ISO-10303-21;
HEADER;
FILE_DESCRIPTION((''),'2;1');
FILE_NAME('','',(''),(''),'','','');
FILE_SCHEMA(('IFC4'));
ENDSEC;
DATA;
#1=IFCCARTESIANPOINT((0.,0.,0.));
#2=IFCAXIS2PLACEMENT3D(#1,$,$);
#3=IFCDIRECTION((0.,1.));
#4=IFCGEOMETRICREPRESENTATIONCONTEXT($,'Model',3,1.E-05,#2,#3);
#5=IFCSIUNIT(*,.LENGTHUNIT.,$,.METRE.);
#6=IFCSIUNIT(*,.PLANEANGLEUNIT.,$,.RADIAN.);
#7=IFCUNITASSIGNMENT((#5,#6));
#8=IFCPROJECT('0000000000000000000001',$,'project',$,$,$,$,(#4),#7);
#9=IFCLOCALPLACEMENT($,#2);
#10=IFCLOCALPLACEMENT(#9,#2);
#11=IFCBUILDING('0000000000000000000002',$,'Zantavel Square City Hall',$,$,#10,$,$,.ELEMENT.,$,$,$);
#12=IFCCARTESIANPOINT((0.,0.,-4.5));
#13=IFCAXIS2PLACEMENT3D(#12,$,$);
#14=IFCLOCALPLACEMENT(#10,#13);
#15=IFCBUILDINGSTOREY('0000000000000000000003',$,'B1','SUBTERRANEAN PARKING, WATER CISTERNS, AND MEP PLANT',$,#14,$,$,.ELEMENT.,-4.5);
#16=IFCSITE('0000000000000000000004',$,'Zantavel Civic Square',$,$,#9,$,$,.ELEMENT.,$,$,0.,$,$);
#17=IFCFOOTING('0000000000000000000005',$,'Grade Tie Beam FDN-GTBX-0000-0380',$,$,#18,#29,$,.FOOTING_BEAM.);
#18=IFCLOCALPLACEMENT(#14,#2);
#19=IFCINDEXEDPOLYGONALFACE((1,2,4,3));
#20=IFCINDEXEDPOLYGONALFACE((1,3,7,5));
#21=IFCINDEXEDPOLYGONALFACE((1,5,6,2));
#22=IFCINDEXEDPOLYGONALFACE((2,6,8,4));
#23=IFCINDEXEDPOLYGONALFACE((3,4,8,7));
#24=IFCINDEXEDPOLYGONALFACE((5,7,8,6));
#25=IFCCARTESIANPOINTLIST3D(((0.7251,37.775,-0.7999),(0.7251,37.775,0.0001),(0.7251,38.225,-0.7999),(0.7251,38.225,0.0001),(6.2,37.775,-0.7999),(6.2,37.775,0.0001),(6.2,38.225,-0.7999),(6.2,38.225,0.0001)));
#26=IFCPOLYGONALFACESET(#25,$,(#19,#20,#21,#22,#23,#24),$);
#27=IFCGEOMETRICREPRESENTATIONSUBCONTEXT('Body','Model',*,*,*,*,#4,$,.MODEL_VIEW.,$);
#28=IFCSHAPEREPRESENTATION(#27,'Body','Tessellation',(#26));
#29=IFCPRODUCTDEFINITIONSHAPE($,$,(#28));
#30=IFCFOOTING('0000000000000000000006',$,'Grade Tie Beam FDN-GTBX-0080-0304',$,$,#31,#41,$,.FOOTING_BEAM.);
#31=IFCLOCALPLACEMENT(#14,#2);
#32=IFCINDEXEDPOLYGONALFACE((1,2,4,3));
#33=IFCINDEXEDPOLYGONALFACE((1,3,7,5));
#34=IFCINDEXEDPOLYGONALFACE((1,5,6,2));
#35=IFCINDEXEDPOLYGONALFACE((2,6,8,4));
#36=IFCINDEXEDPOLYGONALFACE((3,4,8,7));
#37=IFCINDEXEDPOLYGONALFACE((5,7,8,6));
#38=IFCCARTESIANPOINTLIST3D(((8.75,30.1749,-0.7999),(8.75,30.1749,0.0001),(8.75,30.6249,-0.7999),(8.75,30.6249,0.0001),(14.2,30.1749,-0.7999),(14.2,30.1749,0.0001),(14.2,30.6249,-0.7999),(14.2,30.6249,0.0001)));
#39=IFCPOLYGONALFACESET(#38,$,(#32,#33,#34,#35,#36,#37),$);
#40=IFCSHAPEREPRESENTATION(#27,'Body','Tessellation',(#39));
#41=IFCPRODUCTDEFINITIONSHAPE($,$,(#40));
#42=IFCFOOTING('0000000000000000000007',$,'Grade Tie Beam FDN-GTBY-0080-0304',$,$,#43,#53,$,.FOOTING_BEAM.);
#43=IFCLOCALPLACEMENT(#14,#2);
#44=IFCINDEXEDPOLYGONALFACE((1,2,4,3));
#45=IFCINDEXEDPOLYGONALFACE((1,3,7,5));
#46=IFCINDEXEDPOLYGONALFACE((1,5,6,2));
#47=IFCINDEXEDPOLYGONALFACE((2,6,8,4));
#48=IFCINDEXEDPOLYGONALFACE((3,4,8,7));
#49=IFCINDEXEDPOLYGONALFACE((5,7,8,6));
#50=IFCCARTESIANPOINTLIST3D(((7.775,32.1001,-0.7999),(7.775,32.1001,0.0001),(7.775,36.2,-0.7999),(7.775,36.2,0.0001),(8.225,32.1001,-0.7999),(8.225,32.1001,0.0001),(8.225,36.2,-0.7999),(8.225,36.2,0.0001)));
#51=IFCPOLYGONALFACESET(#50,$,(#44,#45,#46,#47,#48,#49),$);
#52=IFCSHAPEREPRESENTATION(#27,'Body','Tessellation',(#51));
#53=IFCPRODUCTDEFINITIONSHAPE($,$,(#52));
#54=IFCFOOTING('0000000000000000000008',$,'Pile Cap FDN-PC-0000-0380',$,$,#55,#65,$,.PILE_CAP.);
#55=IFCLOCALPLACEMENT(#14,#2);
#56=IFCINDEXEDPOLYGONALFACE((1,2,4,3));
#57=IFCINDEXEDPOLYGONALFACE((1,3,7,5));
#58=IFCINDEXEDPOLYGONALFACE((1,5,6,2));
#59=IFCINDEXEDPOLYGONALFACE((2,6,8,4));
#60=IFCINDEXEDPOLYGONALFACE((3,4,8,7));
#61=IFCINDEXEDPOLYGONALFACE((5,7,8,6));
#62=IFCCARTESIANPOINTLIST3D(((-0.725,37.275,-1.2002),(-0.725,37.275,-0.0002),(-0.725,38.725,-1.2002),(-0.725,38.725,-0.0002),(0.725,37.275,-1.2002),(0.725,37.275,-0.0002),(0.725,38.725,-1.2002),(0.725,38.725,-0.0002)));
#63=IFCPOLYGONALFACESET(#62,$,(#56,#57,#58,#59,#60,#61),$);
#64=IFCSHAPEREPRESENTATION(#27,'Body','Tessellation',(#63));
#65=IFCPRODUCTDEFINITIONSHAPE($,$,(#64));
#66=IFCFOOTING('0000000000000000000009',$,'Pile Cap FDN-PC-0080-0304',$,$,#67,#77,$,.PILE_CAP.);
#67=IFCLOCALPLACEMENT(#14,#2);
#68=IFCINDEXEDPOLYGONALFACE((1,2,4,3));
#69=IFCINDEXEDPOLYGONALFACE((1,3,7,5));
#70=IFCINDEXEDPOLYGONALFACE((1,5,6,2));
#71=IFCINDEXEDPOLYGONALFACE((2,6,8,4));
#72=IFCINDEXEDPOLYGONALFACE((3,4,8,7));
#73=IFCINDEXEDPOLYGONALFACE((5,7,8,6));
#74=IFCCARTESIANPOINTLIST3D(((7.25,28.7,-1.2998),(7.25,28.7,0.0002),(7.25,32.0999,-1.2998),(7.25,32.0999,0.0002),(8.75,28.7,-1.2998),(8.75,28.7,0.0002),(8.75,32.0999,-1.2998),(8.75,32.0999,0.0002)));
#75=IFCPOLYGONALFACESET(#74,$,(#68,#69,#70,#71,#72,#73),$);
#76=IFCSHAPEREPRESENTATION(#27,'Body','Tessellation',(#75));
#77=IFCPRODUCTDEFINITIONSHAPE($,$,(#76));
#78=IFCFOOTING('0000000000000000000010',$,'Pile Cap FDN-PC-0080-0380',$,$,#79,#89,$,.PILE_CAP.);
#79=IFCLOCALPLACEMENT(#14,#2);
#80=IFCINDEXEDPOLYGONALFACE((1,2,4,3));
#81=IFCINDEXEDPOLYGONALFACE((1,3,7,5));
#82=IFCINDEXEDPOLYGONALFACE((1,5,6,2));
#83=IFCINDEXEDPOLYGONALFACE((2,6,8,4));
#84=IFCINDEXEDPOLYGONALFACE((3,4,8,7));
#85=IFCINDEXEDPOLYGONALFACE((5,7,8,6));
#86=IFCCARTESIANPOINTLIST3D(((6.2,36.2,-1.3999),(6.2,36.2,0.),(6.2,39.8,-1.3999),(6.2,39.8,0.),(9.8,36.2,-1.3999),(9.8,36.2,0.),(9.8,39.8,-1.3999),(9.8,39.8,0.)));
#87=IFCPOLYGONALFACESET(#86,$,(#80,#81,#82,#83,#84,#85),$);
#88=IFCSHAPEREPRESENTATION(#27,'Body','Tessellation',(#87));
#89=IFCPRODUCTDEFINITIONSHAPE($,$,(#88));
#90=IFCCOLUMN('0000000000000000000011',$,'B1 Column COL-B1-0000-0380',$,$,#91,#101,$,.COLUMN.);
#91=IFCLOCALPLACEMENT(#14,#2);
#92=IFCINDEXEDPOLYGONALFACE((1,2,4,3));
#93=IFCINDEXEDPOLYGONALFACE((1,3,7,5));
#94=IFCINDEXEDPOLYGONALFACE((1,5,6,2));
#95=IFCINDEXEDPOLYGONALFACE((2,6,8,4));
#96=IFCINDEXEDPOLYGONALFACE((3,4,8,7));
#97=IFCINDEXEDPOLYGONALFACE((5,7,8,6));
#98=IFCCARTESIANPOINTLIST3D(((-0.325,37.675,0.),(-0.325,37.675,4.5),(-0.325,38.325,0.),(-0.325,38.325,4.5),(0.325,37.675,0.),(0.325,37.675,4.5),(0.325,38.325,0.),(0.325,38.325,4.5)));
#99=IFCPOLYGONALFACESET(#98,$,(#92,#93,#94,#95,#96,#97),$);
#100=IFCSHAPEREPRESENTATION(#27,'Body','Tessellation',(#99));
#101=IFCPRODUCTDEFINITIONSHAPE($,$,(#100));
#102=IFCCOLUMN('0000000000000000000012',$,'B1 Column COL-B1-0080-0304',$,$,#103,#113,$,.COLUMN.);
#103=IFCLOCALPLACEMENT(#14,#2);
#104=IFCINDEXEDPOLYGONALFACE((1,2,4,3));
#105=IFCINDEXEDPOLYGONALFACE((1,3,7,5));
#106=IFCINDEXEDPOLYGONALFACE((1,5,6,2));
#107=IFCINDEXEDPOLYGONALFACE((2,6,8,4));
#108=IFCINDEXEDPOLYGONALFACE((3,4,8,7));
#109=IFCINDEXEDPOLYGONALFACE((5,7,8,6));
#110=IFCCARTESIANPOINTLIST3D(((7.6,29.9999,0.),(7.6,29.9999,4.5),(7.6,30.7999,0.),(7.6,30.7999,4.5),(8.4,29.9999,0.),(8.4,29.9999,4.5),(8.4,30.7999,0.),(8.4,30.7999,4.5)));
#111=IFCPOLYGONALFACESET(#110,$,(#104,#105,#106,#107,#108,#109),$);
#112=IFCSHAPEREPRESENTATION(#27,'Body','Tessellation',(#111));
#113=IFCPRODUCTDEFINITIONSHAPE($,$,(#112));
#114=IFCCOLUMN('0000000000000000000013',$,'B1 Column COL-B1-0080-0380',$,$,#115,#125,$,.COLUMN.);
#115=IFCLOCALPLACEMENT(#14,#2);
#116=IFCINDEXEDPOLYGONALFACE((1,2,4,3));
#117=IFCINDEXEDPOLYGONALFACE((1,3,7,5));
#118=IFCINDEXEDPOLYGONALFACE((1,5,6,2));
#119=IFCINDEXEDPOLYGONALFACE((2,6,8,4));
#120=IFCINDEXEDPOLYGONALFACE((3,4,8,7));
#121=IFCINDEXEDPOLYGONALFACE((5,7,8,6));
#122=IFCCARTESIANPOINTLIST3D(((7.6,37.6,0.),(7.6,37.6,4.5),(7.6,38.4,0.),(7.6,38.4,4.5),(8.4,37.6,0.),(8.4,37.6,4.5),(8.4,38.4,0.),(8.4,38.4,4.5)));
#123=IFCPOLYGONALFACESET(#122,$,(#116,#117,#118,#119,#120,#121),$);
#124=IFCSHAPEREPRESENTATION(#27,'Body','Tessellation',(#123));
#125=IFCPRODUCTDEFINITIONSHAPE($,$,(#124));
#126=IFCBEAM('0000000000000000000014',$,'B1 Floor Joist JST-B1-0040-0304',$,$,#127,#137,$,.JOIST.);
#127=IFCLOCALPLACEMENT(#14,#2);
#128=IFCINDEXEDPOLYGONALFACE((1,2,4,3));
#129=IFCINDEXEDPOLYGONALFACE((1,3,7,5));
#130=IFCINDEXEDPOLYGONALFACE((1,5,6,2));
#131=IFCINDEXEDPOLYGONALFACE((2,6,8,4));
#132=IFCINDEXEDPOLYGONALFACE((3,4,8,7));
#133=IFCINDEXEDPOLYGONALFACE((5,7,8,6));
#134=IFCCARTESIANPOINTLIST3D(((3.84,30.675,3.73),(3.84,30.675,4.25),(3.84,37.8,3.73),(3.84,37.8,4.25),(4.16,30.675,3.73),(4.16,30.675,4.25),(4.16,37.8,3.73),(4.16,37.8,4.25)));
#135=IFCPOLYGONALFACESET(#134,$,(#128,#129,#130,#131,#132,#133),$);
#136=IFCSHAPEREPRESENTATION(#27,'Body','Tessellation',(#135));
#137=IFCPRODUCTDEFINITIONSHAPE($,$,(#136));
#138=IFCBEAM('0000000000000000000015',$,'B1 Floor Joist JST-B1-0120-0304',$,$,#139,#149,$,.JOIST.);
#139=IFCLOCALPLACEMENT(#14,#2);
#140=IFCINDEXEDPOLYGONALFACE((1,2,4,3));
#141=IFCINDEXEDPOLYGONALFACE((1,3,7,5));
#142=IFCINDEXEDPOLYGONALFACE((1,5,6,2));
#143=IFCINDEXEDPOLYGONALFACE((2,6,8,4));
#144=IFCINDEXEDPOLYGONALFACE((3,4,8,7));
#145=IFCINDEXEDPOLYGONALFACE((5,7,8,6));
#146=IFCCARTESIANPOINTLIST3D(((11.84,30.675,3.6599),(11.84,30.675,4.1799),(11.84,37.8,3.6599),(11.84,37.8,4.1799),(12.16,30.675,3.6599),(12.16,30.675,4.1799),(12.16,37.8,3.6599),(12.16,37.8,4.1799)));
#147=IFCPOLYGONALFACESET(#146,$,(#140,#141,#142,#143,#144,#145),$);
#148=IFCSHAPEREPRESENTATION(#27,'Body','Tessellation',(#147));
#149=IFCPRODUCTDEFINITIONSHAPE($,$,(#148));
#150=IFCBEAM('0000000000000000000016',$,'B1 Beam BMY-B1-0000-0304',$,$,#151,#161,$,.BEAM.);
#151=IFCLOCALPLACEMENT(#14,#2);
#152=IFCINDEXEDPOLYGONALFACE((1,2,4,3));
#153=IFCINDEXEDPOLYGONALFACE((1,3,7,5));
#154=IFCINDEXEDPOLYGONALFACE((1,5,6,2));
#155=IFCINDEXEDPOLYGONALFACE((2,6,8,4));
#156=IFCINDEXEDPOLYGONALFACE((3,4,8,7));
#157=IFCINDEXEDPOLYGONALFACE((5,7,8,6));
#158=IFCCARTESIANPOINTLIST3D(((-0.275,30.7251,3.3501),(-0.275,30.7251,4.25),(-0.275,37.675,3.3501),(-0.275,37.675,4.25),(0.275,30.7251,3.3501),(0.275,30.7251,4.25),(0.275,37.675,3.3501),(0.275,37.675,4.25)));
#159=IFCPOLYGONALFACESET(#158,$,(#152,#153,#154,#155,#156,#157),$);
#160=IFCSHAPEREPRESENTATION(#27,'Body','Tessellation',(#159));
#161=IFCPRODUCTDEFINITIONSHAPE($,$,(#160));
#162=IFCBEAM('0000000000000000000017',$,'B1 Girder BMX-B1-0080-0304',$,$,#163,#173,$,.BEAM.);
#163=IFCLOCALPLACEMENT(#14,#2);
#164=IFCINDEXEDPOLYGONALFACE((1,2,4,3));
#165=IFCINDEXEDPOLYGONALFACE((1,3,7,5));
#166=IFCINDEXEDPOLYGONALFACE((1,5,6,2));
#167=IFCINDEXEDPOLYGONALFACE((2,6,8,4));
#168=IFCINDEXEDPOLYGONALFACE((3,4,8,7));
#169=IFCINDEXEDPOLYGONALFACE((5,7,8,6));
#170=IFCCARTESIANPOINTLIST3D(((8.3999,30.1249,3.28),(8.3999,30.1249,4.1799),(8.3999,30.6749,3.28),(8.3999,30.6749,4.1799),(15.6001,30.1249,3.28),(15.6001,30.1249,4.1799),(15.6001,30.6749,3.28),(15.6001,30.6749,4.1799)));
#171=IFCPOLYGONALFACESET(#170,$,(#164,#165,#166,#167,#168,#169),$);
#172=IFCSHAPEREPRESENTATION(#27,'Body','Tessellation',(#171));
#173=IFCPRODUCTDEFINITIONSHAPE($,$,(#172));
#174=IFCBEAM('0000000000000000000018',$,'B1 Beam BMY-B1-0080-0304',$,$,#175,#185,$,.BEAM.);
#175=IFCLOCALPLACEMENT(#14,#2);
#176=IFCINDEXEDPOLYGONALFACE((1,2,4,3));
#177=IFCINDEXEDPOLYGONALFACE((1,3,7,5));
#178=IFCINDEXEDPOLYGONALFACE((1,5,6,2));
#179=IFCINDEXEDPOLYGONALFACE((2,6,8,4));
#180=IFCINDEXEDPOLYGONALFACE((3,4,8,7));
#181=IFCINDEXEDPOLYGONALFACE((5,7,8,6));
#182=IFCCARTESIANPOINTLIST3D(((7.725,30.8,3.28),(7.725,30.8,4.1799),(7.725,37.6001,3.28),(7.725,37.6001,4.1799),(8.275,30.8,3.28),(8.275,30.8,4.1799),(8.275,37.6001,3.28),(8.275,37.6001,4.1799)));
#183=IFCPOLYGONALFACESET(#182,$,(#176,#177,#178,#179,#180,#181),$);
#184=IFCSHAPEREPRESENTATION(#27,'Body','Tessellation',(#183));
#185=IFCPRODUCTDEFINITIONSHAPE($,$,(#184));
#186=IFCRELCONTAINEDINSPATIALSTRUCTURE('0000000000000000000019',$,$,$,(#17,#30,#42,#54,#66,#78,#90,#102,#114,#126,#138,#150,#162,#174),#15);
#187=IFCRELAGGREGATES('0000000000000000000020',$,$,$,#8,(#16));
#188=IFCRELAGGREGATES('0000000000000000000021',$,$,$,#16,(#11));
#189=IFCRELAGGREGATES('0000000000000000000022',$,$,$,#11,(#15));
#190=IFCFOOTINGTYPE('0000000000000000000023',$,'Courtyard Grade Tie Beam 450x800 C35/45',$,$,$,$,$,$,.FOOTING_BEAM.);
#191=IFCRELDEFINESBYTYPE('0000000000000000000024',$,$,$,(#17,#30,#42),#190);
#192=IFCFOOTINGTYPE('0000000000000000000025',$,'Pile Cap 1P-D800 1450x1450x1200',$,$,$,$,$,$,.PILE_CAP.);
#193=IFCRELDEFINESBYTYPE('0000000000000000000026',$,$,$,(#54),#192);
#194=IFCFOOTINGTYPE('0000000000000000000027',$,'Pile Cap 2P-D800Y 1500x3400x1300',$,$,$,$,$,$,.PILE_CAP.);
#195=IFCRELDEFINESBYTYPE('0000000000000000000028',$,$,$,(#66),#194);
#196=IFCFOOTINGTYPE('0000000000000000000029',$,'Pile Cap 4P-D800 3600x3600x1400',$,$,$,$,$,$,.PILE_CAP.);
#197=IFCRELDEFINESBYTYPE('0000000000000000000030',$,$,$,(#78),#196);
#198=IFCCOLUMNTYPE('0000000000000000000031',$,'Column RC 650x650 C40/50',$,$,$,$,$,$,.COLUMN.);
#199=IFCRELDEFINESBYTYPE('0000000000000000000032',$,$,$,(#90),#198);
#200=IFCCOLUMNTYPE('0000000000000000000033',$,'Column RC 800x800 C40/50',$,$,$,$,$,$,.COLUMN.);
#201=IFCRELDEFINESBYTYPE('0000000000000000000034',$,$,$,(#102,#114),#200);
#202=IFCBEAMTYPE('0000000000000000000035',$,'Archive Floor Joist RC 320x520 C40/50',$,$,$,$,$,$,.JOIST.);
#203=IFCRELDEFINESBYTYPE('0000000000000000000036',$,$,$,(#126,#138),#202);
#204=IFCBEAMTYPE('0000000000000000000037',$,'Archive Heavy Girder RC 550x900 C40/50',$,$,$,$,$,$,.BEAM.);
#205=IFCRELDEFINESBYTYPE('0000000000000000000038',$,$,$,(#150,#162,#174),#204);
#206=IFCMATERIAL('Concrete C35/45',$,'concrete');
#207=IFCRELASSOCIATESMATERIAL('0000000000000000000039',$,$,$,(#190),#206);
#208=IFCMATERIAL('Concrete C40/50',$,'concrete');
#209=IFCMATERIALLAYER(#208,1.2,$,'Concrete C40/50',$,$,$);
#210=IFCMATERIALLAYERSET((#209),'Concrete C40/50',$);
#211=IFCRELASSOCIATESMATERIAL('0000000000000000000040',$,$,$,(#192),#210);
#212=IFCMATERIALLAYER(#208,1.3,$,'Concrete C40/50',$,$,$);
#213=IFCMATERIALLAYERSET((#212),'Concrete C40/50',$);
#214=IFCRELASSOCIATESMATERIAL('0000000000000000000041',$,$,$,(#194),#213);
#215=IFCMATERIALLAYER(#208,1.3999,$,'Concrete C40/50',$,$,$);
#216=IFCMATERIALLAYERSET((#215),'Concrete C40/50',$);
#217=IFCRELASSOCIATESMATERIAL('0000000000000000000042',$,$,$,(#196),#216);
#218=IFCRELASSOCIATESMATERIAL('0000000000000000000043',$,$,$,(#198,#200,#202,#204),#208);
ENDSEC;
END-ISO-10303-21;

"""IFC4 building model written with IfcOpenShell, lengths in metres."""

from ifc_helpers import new_model, si_unit, direction, frame, origin, origin_2d, place, context, subcontext, project, spatial, rectangle, extrude, material, layer, layer_set, material_profile, profile_set, type_object, element, save


model = new_model("IFC4")

# Units and contexts
model_context = context("Model", 3, precision=1e-05, world=origin(), true_north=direction((0.0, 1.0)))
body_context = subcontext(model_context, "Body", "Model", "MODEL_VIEW")
ifc_project = project(units=[si_unit("LENGTHUNIT", "METRE"), si_unit("PLANEANGLEUNIT", "RADIAN")], contexts=[model_context])

# Site, building, storey
site_placement = place(None, origin())
site = spatial("IfcSite", under=ifc_project, at=site_placement, Name="Zantavel Civic Square", CompositionType="ELEMENT", RefElevation=0.0)
building_placement = place(site_placement, origin())
building = spatial("IfcBuilding", under=site, at=building_placement, Name="Zantavel Square City Hall", CompositionType="ELEMENT")
storey_placement = place(building_placement, frame((0.0, 0.0, -4.5)))
storey = spatial("IfcBuildingStorey", under=building, at=storey_placement, Name="B1", Description="SUBTERRANEAN PARKING, WATER CISTERNS, AND MEP PLANT", CompositionType="ELEMENT", Elevation=-4.5)

# Shared definitions
ifc_material_1 = material(Name="Concrete C35/45", Category="concrete")

# Footings
ifc_material_profile_1 = material_profile(ifc_material_1, rectangle(XDim=0.45, YDim=0.8, at=origin_2d()), Name="RC 450x800")
ifc_profile_set_1 = profile_set([ifc_material_profile_1], Name="Concrete C35/45")
footing_type_1 = type_object("IfcFootingType", Name="Courtyard Grade Tie Beam 450x800 C35/45", PredefinedType="FOOTING_BEAM", material=ifc_profile_set_1)
footing_1_placement = place(storey_placement, frame((0.7251, 38.0, -0.3999), z_axis=(1.0, 0.0, 0.0), x_axis=(0.0, 1.0, 0.0)))
element("IfcFooting", 1, at=footing_1_placement, inside=storey, type_object=footing_type_1, Name="Grade Tie Beam FDN-GTBX-0000-0380", PredefinedType="FOOTING_BEAM", context=body_context, shape_type="SweptSolid", body=[
    extrude(rectangle(XDim=0.45, YDim=0.8, at=origin_2d()), origin(), (0.0, 0.0, 1.0), 5.4749),
])
footing_2_placement = place(storey_placement, frame((8.75, 30.3999, -0.3999), z_axis=(1.0, 0.0, 0.0), x_axis=(0.0, 1.0, 0.0)))
element("IfcFooting", 2, at=footing_2_placement, inside=storey, type_object=footing_type_1, Name="Grade Tie Beam FDN-GTBX-0080-0304", PredefinedType="FOOTING_BEAM", context=body_context, shape_type="SweptSolid", body=[
    extrude(rectangle(XDim=0.45, YDim=0.8, at=origin_2d()), origin(), (0.0, 0.0, 1.0), 5.45),
])
footing_3_placement = place(storey_placement, frame((8.0, 32.1001, -0.3999), z_axis=(0.0, 1.0, 0.0), x_axis=(-1.0, 0.0, 0.0)))
element("IfcFooting", 3, at=footing_3_placement, inside=storey, type_object=footing_type_1, Name="Grade Tie Beam FDN-GTBY-0080-0304", PredefinedType="FOOTING_BEAM", context=body_context, shape_type="SweptSolid", body=[
    extrude(rectangle(XDim=0.45, YDim=0.8, at=origin_2d()), origin(), (0.0, 0.0, 1.0), 4.0999),
])
ifc_material_2 = material(Name="Concrete C40/50", Category="concrete")
ifc_layer_1 = layer(ifc_material_2, 1.2, Name="Concrete C40/50")
ifc_layer_set_1 = layer_set([ifc_layer_1], Name="Concrete C40/50")
footing_type_2 = type_object("IfcFootingType", Name="Pile Cap 1P-D800 1450x1450x1200", PredefinedType="PILE_CAP", material=ifc_layer_set_1)
footing_4_placement = place(storey_placement, frame((0.0, 38.0, -1.2002), z_axis=(0.0, 0.0, 1.0), x_axis=(1.0, 0.0, 0.0)))
element("IfcFooting", 4, at=footing_4_placement, inside=storey, type_object=footing_type_2, Name="Pile Cap FDN-PC-0000-0380", PredefinedType="PILE_CAP", context=body_context, shape_type="SweptSolid", body=[
    extrude(rectangle(XDim=1.45, YDim=1.45, at=origin_2d()), origin(), (0.0, 0.0, 1.0), 1.2),
])
ifc_layer_2 = layer(ifc_material_2, 1.3, Name="Concrete C40/50")
ifc_layer_set_2 = layer_set([ifc_layer_2], Name="Concrete C40/50")
footing_type_3 = type_object("IfcFootingType", Name="Pile Cap 2P-D800Y 1500x3400x1300", PredefinedType="PILE_CAP", material=ifc_layer_set_2)
footing_5_placement = place(storey_placement, frame((8.0, 30.3999, -1.2998), z_axis=(0.0, 0.0, 1.0), x_axis=(1.0, 0.0, 0.0)))
element("IfcFooting", 5, at=footing_5_placement, inside=storey, type_object=footing_type_3, Name="Pile Cap FDN-PC-0080-0304", PredefinedType="PILE_CAP", context=body_context, shape_type="SweptSolid", body=[
    extrude(rectangle(XDim=1.5, YDim=3.3999, at=origin_2d()), origin(), (0.0, 0.0, 1.0), 1.3),
])
ifc_layer_3 = layer(ifc_material_2, 1.3999, Name="Concrete C40/50")
ifc_layer_set_3 = layer_set([ifc_layer_3], Name="Concrete C40/50")
footing_type_4 = type_object("IfcFootingType", Name="Pile Cap 4P-D800 3600x3600x1400", PredefinedType="PILE_CAP", material=ifc_layer_set_3)
footing_6_placement = place(storey_placement, frame((8.0, 38.0, -1.3999), z_axis=(0.0, 0.0, 1.0), x_axis=(1.0, 0.0, 0.0)))
element("IfcFooting", 6, at=footing_6_placement, inside=storey, type_object=footing_type_4, Name="Pile Cap FDN-PC-0080-0380", PredefinedType="PILE_CAP", context=body_context, shape_type="SweptSolid", body=[
    extrude(rectangle(XDim=3.6001, YDim=3.6001, at=origin_2d()), origin(), (0.0, 0.0, 1.0), 1.3999),
])

# Columns
ifc_material_profile_2 = material_profile(ifc_material_2, rectangle(XDim=0.6499, YDim=0.6499, at=origin_2d()), Name="RC 650x650")
ifc_profile_set_2 = profile_set([ifc_material_profile_2], Name="Concrete C40/50")
column_type_1 = type_object("IfcColumnType", Name="Column RC 650x650 C40/50", PredefinedType="COLUMN", material=ifc_profile_set_2)
column_placement = place(storey_placement, frame((0.0, 38.0, 0.0), z_axis=(0.0, 0.0, 1.0), x_axis=(1.0, 0.0, 0.0)))
element("IfcColumn", 7, at=column_placement, inside=storey, type_object=column_type_1, Name="B1 Column COL-B1-0000-0380", PredefinedType="COLUMN", context=body_context, shape_type="SweptSolid", body=[
    extrude(rectangle(XDim=0.6499, YDim=0.6499, at=origin_2d()), origin(), (0.0, 0.0, 1.0), 4.5),
])
ifc_material_profile_3 = material_profile(ifc_material_2, rectangle(XDim=0.8, YDim=0.8, at=origin_2d()), Name="RC 800x800")
ifc_profile_set_3 = profile_set([ifc_material_profile_3], Name="Concrete C40/50")
column_type_2 = type_object("IfcColumnType", Name="Column RC 800x800 C40/50", PredefinedType="COLUMN", material=ifc_profile_set_3)
for number, where, z_axis, x_axis, name in (
    (8, (8.0, 30.3999, 0.0), (0.0, 0.0, 1.0), (1.0, 0.0, 0.0), "B1 Column COL-B1-0080-0304"),
    (9, (8.0, 38.0, 0.0), (0.0, 0.0, 1.0), (1.0, 0.0, 0.0), "B1 Column COL-B1-0080-0380"),
):
    element("IfcColumn", number, at=place(storey_placement, frame(where, z_axis=z_axis, x_axis=x_axis)), inside=storey, type_object=column_type_2, Name=name, PredefinedType="COLUMN", context=body_context, shape_type="SweptSolid", body=[
        extrude(rectangle(XDim=0.8, YDim=0.8, at=origin_2d()), origin(), (0.0, 0.0, 1.0), 4.5),
    ])

# Beams
ifc_material_profile_4 = material_profile(ifc_material_2, rectangle(XDim=0.3201, YDim=0.52, at=origin_2d()), Name="RC 320x520")
ifc_profile_set_4 = profile_set([ifc_material_profile_4], Name="Concrete C40/50")
beam_type_1 = type_object("IfcBeamType", Name="Archive Floor Joist RC 320x520 C40/50", PredefinedType="JOIST", material=ifc_profile_set_4)
for number, where, z_axis, x_axis, name in (
    (10, (4.0, 30.675, 3.99), (0.0, 1.0, 0.0), (-1.0, 0.0, 0.0), "B1 Floor Joist JST-B1-0040-0304"),
    (11, (12.0, 30.675, 3.9199), (0.0, 1.0, 0.0), (-1.0, 0.0, 0.0), "B1 Floor Joist JST-B1-0120-0304"),
):
    element("IfcBeam", number, at=place(storey_placement, frame(where, z_axis=z_axis, x_axis=x_axis)), inside=storey, type_object=beam_type_1, Name=name, PredefinedType="JOIST", context=body_context, shape_type="SweptSolid", body=[
        extrude(rectangle(XDim=0.3201, YDim=0.52, at=origin_2d()), origin(), (0.0, 0.0, 1.0), 7.125),
    ])
ifc_material_profile_5 = material_profile(ifc_material_2, rectangle(XDim=0.55, YDim=0.8999, at=origin_2d()), Name="RC 550x900")
ifc_profile_set_5 = profile_set([ifc_material_profile_5], Name="Concrete C40/50")
beam_type_2 = type_object("IfcBeamType", Name="Archive Heavy Girder RC 550x900 C40/50", PredefinedType="BEAM", material=ifc_profile_set_5)
beam_1_placement = place(storey_placement, frame((0.0, 30.7251, 3.8), z_axis=(0.0, 1.0, 0.0), x_axis=(-1.0, 0.0, 0.0)))
element("IfcBeam", 12, at=beam_1_placement, inside=storey, type_object=beam_type_2, Name="B1 Beam BMY-B1-0000-0304", PredefinedType="BEAM", context=body_context, shape_type="SweptSolid", body=[
    extrude(rectangle(XDim=0.55, YDim=0.8999, at=origin_2d()), origin(), (0.0, 0.0, 1.0), 6.95),
])
beam_2_placement = place(storey_placement, frame((8.3999, 30.3999, 3.73), z_axis=(1.0, 0.0, 0.0), x_axis=(0.0, 1.0, 0.0)))
element("IfcBeam", 13, at=beam_2_placement, inside=storey, type_object=beam_type_2, Name="B1 Girder BMX-B1-0080-0304", PredefinedType="BEAM", context=body_context, shape_type="SweptSolid", body=[
    extrude(rectangle(XDim=0.55, YDim=0.8999, at=origin_2d()), origin(), (0.0, 0.0, 1.0), 7.2002),
])
beam_3_placement = place(storey_placement, frame((8.0, 30.8, 3.73), z_axis=(0.0, 1.0, 0.0), x_axis=(-1.0, 0.0, 0.0)))
element("IfcBeam", 14, at=beam_3_placement, inside=storey, type_object=beam_type_2, Name="B1 Beam BMY-B1-0080-0304", PredefinedType="BEAM", context=body_context, shape_type="SweptSolid", body=[
    extrude(rectangle(XDim=0.55, YDim=0.8999, at=origin_2d()), origin(), (0.0, 0.0, 1.0), 6.8),
])

save(model, "model.ifc")
